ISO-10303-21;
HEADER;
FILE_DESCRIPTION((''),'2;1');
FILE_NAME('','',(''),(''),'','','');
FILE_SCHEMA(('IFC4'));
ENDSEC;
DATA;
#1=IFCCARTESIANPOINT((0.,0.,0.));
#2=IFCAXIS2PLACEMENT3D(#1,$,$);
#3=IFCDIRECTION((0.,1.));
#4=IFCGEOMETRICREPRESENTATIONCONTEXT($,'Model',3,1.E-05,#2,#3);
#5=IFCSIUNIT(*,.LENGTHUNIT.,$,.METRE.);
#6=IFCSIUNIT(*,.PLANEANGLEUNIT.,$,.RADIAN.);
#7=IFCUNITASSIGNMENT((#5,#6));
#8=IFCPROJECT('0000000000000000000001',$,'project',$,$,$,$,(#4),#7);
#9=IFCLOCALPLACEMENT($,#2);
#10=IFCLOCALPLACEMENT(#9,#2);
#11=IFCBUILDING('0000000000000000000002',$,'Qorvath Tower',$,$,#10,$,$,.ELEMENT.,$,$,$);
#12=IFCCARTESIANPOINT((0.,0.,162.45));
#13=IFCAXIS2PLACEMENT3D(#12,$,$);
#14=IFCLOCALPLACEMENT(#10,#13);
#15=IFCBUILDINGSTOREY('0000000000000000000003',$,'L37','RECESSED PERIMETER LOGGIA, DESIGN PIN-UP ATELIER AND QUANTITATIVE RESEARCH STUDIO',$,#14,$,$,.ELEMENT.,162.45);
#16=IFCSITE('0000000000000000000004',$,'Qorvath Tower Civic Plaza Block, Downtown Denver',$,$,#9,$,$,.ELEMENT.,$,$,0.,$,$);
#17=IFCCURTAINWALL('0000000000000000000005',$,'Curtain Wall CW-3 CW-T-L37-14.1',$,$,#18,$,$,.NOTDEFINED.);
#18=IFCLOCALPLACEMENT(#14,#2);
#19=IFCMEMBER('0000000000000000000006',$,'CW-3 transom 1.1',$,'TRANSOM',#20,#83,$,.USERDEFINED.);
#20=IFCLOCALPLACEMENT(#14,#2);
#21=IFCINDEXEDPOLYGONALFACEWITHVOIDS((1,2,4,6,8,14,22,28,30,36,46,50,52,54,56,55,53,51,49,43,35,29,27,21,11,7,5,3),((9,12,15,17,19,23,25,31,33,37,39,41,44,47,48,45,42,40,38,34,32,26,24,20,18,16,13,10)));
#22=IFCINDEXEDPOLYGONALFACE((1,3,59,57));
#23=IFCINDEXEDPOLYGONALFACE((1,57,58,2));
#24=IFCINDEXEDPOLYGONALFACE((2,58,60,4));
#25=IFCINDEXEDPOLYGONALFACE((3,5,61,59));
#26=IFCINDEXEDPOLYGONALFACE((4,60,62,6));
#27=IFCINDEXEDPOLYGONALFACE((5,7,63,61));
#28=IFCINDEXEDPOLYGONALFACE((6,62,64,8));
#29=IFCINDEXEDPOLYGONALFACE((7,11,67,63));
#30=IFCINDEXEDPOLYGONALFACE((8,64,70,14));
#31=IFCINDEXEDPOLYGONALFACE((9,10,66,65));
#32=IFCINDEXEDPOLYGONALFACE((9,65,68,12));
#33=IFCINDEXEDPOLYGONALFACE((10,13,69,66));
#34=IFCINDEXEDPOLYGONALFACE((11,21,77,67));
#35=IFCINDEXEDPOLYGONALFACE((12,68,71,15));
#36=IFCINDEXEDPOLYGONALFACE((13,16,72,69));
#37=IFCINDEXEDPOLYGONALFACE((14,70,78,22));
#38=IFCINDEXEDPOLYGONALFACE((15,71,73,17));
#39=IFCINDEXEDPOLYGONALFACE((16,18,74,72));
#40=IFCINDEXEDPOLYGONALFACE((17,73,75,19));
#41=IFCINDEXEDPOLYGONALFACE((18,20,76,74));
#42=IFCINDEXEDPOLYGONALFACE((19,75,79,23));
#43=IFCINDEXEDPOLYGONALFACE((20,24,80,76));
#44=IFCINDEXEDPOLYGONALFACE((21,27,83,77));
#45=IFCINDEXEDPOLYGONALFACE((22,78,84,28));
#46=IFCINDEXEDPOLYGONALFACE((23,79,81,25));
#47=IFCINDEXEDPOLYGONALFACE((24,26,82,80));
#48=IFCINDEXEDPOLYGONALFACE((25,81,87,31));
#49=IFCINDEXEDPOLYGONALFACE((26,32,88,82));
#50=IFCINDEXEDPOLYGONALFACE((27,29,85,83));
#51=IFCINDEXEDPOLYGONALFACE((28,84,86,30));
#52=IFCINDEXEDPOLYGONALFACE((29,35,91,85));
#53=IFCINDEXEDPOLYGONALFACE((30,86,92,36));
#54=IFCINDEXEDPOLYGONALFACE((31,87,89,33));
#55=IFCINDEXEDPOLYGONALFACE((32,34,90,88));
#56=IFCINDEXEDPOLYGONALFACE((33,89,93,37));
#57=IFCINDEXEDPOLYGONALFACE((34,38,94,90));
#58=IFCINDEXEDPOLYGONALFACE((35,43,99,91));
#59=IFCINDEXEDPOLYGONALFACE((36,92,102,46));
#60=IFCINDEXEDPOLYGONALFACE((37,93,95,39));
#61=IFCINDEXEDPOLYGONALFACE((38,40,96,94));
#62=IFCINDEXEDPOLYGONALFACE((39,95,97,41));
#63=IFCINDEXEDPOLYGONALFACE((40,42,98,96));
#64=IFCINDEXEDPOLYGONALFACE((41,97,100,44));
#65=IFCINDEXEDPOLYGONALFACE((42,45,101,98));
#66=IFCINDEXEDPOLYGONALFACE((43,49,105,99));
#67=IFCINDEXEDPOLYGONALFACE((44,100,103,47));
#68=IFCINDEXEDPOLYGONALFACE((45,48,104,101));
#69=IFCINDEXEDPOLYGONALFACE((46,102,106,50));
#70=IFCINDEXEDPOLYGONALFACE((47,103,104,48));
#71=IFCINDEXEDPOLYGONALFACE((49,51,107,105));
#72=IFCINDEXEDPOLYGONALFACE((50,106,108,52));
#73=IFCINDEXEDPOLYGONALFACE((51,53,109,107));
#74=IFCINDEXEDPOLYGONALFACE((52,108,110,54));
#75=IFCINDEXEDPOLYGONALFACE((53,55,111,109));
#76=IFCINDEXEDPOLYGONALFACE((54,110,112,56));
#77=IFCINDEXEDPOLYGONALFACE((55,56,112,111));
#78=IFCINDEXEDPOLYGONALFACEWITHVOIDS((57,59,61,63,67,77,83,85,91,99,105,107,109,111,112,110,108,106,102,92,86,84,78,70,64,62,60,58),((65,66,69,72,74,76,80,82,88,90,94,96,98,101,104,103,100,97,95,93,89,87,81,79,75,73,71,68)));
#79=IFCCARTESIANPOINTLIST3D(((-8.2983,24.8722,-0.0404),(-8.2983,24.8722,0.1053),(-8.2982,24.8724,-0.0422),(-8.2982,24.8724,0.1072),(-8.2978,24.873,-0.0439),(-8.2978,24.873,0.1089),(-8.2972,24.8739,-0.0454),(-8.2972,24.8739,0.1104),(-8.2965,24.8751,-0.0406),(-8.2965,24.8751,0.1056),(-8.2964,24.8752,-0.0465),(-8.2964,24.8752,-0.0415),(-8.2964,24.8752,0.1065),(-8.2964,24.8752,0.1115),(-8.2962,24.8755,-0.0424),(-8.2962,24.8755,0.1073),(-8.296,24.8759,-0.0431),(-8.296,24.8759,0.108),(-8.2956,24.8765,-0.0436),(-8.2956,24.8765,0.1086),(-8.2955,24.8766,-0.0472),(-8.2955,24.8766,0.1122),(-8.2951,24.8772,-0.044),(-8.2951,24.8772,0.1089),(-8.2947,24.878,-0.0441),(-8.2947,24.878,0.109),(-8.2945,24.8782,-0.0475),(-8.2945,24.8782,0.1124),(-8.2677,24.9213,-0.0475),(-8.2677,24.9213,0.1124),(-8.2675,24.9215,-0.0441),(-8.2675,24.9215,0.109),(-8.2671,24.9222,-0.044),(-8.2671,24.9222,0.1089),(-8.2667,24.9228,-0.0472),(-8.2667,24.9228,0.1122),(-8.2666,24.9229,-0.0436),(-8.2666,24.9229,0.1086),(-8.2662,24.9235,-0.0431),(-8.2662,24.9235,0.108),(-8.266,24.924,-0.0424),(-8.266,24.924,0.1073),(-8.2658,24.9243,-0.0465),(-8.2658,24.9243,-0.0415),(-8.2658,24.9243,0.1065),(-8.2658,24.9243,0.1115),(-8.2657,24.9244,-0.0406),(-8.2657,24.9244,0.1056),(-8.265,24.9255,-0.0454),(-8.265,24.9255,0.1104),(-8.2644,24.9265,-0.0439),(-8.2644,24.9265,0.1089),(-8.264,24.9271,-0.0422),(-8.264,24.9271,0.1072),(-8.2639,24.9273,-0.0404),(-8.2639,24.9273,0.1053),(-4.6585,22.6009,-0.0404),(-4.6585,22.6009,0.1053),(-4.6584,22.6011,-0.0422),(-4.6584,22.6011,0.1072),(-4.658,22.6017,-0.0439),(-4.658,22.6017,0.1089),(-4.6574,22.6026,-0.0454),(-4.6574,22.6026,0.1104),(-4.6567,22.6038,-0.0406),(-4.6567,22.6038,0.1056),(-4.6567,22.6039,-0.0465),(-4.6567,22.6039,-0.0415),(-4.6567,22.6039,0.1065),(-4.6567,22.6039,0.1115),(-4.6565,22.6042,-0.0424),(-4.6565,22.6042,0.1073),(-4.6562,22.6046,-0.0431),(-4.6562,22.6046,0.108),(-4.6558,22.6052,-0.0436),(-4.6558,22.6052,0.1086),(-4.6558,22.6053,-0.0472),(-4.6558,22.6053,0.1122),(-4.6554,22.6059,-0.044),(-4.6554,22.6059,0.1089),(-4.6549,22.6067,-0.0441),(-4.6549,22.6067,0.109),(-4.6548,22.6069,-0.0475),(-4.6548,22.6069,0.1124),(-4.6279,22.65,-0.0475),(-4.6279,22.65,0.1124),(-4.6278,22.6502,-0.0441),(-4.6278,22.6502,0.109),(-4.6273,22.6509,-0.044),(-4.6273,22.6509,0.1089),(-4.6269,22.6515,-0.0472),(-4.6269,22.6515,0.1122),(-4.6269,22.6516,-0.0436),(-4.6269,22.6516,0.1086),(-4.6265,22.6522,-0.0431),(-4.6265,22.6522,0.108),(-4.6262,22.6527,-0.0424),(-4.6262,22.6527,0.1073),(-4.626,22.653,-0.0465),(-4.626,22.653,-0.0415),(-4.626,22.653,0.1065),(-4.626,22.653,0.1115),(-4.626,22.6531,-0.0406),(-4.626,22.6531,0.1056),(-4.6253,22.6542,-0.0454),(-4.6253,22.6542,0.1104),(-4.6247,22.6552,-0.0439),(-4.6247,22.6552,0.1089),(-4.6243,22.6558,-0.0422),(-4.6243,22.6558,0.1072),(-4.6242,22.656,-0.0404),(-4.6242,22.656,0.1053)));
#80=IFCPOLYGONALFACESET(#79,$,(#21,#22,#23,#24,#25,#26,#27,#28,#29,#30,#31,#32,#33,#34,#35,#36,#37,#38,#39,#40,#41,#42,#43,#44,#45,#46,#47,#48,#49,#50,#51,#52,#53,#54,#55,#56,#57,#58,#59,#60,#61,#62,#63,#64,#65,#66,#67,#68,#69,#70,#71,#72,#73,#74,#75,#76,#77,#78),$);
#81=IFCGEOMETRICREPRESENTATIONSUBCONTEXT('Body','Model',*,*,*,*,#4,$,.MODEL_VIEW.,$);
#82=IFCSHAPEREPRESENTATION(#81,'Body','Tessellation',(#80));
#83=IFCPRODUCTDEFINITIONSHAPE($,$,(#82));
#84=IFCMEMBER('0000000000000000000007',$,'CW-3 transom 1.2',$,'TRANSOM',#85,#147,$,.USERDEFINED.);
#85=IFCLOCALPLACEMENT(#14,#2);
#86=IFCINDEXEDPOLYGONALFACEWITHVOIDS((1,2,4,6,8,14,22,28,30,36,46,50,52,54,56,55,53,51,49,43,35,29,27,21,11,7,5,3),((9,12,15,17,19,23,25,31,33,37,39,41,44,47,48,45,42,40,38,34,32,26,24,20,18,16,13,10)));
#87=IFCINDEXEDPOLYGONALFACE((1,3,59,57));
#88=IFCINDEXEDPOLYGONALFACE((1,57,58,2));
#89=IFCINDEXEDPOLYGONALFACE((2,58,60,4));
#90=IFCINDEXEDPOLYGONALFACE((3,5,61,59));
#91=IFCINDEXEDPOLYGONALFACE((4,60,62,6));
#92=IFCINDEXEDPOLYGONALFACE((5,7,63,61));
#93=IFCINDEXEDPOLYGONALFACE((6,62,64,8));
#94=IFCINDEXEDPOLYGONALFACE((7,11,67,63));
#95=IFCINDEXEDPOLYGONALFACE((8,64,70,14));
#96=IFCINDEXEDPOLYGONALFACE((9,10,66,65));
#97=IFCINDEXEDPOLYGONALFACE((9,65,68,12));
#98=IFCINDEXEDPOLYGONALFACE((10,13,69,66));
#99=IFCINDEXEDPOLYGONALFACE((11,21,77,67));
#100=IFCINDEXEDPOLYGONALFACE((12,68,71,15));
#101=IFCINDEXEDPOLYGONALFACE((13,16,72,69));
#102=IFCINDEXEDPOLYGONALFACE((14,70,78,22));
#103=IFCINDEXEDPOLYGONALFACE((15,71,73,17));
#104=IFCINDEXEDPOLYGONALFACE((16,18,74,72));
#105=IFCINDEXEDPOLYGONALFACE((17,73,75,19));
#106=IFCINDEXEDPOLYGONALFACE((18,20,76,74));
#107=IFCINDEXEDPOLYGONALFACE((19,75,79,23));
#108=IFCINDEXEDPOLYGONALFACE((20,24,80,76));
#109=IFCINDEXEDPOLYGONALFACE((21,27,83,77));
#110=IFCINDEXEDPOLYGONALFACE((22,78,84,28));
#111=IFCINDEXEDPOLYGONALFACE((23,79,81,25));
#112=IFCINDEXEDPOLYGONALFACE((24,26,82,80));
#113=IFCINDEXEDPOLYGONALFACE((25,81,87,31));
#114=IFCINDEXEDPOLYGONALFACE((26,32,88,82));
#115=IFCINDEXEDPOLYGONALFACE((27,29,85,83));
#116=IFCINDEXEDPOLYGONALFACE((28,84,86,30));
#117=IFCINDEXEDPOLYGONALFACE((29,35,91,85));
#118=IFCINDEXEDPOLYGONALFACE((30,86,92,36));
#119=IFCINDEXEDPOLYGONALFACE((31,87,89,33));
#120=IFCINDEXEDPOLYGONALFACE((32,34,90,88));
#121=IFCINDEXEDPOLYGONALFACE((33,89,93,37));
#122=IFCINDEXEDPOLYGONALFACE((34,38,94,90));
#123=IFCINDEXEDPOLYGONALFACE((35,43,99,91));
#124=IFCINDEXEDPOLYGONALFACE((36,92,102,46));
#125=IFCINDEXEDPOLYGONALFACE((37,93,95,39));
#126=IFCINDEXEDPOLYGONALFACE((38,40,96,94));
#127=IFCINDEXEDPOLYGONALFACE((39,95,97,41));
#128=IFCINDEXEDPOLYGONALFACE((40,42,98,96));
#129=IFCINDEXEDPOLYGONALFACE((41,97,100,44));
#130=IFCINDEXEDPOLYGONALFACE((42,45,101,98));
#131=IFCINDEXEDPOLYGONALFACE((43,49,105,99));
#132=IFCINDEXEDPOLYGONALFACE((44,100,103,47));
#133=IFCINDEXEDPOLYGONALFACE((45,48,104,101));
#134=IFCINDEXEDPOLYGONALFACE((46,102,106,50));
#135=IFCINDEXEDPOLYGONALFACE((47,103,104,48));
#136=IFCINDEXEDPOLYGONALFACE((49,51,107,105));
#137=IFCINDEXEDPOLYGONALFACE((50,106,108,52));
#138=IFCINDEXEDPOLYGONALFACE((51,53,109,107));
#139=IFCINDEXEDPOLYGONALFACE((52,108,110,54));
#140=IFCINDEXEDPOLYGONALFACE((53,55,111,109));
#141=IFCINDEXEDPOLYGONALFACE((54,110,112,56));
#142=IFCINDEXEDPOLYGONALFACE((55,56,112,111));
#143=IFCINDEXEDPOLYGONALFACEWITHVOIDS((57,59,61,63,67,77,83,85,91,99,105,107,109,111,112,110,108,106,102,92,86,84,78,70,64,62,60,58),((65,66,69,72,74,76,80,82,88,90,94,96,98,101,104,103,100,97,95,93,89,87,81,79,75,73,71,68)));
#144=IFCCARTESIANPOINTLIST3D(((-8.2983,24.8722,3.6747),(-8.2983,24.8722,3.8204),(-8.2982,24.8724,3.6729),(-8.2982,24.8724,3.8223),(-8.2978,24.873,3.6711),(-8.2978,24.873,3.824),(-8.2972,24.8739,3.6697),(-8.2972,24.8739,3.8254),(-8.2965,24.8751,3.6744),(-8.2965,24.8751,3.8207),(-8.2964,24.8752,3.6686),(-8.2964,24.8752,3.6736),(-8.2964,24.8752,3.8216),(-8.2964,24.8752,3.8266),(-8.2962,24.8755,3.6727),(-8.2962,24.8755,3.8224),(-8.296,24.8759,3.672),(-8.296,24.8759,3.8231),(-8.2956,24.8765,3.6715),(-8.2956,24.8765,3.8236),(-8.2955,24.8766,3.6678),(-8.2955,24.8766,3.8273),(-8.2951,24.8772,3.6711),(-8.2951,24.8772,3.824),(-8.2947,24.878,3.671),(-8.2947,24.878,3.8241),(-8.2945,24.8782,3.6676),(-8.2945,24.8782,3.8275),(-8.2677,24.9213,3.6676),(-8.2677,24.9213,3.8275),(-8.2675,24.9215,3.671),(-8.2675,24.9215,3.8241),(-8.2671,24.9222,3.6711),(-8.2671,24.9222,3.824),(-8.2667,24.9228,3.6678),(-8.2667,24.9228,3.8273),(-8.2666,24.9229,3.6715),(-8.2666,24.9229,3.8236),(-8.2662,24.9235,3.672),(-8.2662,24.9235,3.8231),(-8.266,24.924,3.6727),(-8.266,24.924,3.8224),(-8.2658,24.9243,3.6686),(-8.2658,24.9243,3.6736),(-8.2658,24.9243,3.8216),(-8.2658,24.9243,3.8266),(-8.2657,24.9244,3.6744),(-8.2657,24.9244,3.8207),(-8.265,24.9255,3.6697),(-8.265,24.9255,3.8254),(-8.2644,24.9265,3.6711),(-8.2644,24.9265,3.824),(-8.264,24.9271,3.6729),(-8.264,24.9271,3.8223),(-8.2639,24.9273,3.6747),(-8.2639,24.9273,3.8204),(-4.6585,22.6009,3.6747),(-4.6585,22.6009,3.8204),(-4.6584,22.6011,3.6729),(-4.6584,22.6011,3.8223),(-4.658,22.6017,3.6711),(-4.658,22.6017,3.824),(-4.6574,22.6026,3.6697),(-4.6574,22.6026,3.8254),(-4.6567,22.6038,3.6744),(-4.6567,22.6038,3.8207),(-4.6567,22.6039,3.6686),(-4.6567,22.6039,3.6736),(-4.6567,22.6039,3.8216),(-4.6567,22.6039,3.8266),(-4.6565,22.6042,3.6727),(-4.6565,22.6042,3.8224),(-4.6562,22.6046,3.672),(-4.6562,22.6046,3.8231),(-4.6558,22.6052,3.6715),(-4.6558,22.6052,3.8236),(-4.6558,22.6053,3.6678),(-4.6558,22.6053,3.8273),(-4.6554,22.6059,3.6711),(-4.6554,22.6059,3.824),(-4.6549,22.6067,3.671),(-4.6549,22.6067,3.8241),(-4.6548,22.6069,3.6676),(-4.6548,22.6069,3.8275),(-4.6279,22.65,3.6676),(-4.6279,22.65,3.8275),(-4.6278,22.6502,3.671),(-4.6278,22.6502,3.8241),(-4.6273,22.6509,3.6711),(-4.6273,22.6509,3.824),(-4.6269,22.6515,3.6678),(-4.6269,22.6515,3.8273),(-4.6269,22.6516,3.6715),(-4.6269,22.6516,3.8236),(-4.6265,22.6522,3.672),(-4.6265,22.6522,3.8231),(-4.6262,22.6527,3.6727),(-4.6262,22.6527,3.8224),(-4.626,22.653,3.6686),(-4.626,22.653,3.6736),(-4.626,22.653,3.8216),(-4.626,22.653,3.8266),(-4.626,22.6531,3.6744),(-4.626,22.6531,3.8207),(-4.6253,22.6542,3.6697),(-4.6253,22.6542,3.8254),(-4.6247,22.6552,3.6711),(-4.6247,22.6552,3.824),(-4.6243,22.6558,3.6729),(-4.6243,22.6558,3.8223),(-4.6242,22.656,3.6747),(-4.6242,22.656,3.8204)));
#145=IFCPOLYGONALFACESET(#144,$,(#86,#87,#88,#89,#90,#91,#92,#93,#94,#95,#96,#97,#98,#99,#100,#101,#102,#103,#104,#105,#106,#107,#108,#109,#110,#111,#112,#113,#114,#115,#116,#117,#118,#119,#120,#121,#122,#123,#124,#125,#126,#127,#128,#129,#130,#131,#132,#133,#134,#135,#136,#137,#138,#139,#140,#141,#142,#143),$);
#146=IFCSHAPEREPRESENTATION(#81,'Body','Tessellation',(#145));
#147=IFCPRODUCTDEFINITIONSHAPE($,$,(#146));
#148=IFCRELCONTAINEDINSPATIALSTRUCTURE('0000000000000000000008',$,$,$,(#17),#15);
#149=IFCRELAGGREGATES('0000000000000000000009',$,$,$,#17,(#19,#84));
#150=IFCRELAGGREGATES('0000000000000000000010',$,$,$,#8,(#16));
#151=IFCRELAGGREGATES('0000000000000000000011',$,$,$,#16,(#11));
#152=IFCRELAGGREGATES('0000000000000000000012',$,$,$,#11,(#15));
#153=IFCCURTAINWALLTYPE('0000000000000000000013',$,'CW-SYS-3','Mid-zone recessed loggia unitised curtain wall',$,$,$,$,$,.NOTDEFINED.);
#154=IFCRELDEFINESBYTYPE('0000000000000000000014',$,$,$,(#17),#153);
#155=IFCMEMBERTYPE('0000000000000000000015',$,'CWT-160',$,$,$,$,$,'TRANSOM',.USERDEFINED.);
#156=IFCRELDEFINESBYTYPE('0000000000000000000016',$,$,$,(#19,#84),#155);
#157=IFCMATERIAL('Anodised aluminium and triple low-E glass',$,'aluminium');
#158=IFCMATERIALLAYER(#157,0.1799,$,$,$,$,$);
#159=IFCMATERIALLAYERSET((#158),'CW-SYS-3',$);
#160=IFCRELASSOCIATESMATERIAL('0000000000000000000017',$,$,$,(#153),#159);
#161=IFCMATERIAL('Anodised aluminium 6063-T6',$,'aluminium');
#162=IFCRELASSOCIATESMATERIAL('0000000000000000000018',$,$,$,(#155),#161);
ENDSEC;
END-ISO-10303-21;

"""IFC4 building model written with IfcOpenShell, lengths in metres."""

from ifc_helpers import new_model, si_unit, direction, frame, origin, origin_2d, place, context, subcontext, project, spatial, hollow_rectangle, extrude, material, layer, layer_set, material_profile, profile_set, type_object, element, aggregate, save


model = new_model("IFC4")

# Units and contexts
model_context = context("Model", 3, precision=1e-05, world=origin(), true_north=direction((0.0, 1.0)))
body_context = subcontext(model_context, "Body", "Model", "MODEL_VIEW")
ifc_project = project(units=[si_unit("LENGTHUNIT", "METRE"), si_unit("PLANEANGLEUNIT", "RADIAN")], contexts=[model_context])

# Site, building, storey
site_placement = place(None, origin())
site = spatial("IfcSite", under=ifc_project, at=site_placement, Name="Qorvath Tower Civic Plaza Block, Downtown Denver", CompositionType="ELEMENT", RefElevation=0.0)
building_placement = place(site_placement, origin())
building = spatial("IfcBuilding", under=site, at=building_placement, Name="Qorvath Tower", CompositionType="ELEMENT")
storey_placement = place(building_placement, frame((0.0, 0.0, 162.45)))
storey = spatial("IfcBuildingStorey", under=building, at=storey_placement, Name="L37", Description="RECESSED PERIMETER LOGGIA, DESIGN PIN-UP ATELIER AND QUANTITATIVE RESEARCH STUDIO", CompositionType="ELEMENT", Elevation=162.45)

# Shared definitions
ifc_material_1 = material(Name="Anodised aluminium and triple low-E glass", Category="aluminium")
ifc_layer_1 = layer(ifc_material_1, 0.1799)
ifc_layer_set_1 = layer_set([ifc_layer_1], Name="CW-SYS-3")
curtain_wall_type = type_object("IfcCurtainWallType", Name="CW-SYS-3", Description="Mid-zone recessed loggia unitised curtain wall", PredefinedType="NOTDEFINED", material=ifc_layer_set_1)

# Curtain wall
curtain_wall_1_placement = place(storey_placement, origin())
curtain_wall_1 = element("IfcCurtainWall", 1, at=curtain_wall_1_placement, inside=storey, type_object=curtain_wall_type, Name="Curtain Wall CW-3 CW-T-L37-14.1", PredefinedType="NOTDEFINED")

# Members
ifc_material_2 = material(Name="Anodised aluminium 6063-T6", Category="aluminium")
ifc_material_profile_1 = material_profile(ifc_material_2, hollow_rectangle(XDim=0.0649, YDim=0.1599, WallThickness=0.0034, InnerFilletRadius=0.0034, OuterFilletRadius=0.0071, at=origin_2d()), Name="CWT 160x65")
ifc_profile_set_1 = profile_set([ifc_material_profile_1], Name="Anodised aluminium 6063-T6")
member_type_1 = type_object("IfcMemberType", Name="CWT-160", ElementType="TRANSOM", PredefinedType="USERDEFINED", material=ifc_profile_set_1)
member_1_placement = place(storey_placement, frame((-4.6414, 22.6284, 0.0325), z_axis=(-0.848369, 0.529405, 0.0), x_axis=(-0.529405, -0.848369, 0.0)))
member_1 = element("IfcMember", 2, at=member_1_placement, type_object=member_type_1, Name="CW-3 transom 1.1", ObjectType="TRANSOM", PredefinedType="USERDEFINED", context=body_context, shape_type="SweptSolid", body=[
    extrude(hollow_rectangle(XDim=0.0649, YDim=0.1599, WallThickness=0.0034, InnerFilletRadius=0.0034, OuterFilletRadius=0.0071, at=origin_2d()), origin(), (0.0, 0.0, 1.0), 4.2903),
])
member_2_placement = place(storey_placement, frame((-4.6414, 22.6284, 3.7476), z_axis=(-0.848369, 0.529405, 0.0), x_axis=(-0.529405, -0.848369, 0.0)))
member_2 = element("IfcMember", 3, at=member_2_placement, type_object=member_type_1, Name="CW-3 transom 1.2", ObjectType="TRANSOM", PredefinedType="USERDEFINED", context=body_context, shape_type="SweptSolid", body=[
    extrude(hollow_rectangle(XDim=0.0649, YDim=0.1599, WallThickness=0.0034, InnerFilletRadius=0.0034, OuterFilletRadius=0.0071, at=origin_2d()), origin(), (0.0, 0.0, 1.0), 4.2903),
])

aggregate(curtain_wall_1, [member_1, member_2])

save(model, "model.ifc")
